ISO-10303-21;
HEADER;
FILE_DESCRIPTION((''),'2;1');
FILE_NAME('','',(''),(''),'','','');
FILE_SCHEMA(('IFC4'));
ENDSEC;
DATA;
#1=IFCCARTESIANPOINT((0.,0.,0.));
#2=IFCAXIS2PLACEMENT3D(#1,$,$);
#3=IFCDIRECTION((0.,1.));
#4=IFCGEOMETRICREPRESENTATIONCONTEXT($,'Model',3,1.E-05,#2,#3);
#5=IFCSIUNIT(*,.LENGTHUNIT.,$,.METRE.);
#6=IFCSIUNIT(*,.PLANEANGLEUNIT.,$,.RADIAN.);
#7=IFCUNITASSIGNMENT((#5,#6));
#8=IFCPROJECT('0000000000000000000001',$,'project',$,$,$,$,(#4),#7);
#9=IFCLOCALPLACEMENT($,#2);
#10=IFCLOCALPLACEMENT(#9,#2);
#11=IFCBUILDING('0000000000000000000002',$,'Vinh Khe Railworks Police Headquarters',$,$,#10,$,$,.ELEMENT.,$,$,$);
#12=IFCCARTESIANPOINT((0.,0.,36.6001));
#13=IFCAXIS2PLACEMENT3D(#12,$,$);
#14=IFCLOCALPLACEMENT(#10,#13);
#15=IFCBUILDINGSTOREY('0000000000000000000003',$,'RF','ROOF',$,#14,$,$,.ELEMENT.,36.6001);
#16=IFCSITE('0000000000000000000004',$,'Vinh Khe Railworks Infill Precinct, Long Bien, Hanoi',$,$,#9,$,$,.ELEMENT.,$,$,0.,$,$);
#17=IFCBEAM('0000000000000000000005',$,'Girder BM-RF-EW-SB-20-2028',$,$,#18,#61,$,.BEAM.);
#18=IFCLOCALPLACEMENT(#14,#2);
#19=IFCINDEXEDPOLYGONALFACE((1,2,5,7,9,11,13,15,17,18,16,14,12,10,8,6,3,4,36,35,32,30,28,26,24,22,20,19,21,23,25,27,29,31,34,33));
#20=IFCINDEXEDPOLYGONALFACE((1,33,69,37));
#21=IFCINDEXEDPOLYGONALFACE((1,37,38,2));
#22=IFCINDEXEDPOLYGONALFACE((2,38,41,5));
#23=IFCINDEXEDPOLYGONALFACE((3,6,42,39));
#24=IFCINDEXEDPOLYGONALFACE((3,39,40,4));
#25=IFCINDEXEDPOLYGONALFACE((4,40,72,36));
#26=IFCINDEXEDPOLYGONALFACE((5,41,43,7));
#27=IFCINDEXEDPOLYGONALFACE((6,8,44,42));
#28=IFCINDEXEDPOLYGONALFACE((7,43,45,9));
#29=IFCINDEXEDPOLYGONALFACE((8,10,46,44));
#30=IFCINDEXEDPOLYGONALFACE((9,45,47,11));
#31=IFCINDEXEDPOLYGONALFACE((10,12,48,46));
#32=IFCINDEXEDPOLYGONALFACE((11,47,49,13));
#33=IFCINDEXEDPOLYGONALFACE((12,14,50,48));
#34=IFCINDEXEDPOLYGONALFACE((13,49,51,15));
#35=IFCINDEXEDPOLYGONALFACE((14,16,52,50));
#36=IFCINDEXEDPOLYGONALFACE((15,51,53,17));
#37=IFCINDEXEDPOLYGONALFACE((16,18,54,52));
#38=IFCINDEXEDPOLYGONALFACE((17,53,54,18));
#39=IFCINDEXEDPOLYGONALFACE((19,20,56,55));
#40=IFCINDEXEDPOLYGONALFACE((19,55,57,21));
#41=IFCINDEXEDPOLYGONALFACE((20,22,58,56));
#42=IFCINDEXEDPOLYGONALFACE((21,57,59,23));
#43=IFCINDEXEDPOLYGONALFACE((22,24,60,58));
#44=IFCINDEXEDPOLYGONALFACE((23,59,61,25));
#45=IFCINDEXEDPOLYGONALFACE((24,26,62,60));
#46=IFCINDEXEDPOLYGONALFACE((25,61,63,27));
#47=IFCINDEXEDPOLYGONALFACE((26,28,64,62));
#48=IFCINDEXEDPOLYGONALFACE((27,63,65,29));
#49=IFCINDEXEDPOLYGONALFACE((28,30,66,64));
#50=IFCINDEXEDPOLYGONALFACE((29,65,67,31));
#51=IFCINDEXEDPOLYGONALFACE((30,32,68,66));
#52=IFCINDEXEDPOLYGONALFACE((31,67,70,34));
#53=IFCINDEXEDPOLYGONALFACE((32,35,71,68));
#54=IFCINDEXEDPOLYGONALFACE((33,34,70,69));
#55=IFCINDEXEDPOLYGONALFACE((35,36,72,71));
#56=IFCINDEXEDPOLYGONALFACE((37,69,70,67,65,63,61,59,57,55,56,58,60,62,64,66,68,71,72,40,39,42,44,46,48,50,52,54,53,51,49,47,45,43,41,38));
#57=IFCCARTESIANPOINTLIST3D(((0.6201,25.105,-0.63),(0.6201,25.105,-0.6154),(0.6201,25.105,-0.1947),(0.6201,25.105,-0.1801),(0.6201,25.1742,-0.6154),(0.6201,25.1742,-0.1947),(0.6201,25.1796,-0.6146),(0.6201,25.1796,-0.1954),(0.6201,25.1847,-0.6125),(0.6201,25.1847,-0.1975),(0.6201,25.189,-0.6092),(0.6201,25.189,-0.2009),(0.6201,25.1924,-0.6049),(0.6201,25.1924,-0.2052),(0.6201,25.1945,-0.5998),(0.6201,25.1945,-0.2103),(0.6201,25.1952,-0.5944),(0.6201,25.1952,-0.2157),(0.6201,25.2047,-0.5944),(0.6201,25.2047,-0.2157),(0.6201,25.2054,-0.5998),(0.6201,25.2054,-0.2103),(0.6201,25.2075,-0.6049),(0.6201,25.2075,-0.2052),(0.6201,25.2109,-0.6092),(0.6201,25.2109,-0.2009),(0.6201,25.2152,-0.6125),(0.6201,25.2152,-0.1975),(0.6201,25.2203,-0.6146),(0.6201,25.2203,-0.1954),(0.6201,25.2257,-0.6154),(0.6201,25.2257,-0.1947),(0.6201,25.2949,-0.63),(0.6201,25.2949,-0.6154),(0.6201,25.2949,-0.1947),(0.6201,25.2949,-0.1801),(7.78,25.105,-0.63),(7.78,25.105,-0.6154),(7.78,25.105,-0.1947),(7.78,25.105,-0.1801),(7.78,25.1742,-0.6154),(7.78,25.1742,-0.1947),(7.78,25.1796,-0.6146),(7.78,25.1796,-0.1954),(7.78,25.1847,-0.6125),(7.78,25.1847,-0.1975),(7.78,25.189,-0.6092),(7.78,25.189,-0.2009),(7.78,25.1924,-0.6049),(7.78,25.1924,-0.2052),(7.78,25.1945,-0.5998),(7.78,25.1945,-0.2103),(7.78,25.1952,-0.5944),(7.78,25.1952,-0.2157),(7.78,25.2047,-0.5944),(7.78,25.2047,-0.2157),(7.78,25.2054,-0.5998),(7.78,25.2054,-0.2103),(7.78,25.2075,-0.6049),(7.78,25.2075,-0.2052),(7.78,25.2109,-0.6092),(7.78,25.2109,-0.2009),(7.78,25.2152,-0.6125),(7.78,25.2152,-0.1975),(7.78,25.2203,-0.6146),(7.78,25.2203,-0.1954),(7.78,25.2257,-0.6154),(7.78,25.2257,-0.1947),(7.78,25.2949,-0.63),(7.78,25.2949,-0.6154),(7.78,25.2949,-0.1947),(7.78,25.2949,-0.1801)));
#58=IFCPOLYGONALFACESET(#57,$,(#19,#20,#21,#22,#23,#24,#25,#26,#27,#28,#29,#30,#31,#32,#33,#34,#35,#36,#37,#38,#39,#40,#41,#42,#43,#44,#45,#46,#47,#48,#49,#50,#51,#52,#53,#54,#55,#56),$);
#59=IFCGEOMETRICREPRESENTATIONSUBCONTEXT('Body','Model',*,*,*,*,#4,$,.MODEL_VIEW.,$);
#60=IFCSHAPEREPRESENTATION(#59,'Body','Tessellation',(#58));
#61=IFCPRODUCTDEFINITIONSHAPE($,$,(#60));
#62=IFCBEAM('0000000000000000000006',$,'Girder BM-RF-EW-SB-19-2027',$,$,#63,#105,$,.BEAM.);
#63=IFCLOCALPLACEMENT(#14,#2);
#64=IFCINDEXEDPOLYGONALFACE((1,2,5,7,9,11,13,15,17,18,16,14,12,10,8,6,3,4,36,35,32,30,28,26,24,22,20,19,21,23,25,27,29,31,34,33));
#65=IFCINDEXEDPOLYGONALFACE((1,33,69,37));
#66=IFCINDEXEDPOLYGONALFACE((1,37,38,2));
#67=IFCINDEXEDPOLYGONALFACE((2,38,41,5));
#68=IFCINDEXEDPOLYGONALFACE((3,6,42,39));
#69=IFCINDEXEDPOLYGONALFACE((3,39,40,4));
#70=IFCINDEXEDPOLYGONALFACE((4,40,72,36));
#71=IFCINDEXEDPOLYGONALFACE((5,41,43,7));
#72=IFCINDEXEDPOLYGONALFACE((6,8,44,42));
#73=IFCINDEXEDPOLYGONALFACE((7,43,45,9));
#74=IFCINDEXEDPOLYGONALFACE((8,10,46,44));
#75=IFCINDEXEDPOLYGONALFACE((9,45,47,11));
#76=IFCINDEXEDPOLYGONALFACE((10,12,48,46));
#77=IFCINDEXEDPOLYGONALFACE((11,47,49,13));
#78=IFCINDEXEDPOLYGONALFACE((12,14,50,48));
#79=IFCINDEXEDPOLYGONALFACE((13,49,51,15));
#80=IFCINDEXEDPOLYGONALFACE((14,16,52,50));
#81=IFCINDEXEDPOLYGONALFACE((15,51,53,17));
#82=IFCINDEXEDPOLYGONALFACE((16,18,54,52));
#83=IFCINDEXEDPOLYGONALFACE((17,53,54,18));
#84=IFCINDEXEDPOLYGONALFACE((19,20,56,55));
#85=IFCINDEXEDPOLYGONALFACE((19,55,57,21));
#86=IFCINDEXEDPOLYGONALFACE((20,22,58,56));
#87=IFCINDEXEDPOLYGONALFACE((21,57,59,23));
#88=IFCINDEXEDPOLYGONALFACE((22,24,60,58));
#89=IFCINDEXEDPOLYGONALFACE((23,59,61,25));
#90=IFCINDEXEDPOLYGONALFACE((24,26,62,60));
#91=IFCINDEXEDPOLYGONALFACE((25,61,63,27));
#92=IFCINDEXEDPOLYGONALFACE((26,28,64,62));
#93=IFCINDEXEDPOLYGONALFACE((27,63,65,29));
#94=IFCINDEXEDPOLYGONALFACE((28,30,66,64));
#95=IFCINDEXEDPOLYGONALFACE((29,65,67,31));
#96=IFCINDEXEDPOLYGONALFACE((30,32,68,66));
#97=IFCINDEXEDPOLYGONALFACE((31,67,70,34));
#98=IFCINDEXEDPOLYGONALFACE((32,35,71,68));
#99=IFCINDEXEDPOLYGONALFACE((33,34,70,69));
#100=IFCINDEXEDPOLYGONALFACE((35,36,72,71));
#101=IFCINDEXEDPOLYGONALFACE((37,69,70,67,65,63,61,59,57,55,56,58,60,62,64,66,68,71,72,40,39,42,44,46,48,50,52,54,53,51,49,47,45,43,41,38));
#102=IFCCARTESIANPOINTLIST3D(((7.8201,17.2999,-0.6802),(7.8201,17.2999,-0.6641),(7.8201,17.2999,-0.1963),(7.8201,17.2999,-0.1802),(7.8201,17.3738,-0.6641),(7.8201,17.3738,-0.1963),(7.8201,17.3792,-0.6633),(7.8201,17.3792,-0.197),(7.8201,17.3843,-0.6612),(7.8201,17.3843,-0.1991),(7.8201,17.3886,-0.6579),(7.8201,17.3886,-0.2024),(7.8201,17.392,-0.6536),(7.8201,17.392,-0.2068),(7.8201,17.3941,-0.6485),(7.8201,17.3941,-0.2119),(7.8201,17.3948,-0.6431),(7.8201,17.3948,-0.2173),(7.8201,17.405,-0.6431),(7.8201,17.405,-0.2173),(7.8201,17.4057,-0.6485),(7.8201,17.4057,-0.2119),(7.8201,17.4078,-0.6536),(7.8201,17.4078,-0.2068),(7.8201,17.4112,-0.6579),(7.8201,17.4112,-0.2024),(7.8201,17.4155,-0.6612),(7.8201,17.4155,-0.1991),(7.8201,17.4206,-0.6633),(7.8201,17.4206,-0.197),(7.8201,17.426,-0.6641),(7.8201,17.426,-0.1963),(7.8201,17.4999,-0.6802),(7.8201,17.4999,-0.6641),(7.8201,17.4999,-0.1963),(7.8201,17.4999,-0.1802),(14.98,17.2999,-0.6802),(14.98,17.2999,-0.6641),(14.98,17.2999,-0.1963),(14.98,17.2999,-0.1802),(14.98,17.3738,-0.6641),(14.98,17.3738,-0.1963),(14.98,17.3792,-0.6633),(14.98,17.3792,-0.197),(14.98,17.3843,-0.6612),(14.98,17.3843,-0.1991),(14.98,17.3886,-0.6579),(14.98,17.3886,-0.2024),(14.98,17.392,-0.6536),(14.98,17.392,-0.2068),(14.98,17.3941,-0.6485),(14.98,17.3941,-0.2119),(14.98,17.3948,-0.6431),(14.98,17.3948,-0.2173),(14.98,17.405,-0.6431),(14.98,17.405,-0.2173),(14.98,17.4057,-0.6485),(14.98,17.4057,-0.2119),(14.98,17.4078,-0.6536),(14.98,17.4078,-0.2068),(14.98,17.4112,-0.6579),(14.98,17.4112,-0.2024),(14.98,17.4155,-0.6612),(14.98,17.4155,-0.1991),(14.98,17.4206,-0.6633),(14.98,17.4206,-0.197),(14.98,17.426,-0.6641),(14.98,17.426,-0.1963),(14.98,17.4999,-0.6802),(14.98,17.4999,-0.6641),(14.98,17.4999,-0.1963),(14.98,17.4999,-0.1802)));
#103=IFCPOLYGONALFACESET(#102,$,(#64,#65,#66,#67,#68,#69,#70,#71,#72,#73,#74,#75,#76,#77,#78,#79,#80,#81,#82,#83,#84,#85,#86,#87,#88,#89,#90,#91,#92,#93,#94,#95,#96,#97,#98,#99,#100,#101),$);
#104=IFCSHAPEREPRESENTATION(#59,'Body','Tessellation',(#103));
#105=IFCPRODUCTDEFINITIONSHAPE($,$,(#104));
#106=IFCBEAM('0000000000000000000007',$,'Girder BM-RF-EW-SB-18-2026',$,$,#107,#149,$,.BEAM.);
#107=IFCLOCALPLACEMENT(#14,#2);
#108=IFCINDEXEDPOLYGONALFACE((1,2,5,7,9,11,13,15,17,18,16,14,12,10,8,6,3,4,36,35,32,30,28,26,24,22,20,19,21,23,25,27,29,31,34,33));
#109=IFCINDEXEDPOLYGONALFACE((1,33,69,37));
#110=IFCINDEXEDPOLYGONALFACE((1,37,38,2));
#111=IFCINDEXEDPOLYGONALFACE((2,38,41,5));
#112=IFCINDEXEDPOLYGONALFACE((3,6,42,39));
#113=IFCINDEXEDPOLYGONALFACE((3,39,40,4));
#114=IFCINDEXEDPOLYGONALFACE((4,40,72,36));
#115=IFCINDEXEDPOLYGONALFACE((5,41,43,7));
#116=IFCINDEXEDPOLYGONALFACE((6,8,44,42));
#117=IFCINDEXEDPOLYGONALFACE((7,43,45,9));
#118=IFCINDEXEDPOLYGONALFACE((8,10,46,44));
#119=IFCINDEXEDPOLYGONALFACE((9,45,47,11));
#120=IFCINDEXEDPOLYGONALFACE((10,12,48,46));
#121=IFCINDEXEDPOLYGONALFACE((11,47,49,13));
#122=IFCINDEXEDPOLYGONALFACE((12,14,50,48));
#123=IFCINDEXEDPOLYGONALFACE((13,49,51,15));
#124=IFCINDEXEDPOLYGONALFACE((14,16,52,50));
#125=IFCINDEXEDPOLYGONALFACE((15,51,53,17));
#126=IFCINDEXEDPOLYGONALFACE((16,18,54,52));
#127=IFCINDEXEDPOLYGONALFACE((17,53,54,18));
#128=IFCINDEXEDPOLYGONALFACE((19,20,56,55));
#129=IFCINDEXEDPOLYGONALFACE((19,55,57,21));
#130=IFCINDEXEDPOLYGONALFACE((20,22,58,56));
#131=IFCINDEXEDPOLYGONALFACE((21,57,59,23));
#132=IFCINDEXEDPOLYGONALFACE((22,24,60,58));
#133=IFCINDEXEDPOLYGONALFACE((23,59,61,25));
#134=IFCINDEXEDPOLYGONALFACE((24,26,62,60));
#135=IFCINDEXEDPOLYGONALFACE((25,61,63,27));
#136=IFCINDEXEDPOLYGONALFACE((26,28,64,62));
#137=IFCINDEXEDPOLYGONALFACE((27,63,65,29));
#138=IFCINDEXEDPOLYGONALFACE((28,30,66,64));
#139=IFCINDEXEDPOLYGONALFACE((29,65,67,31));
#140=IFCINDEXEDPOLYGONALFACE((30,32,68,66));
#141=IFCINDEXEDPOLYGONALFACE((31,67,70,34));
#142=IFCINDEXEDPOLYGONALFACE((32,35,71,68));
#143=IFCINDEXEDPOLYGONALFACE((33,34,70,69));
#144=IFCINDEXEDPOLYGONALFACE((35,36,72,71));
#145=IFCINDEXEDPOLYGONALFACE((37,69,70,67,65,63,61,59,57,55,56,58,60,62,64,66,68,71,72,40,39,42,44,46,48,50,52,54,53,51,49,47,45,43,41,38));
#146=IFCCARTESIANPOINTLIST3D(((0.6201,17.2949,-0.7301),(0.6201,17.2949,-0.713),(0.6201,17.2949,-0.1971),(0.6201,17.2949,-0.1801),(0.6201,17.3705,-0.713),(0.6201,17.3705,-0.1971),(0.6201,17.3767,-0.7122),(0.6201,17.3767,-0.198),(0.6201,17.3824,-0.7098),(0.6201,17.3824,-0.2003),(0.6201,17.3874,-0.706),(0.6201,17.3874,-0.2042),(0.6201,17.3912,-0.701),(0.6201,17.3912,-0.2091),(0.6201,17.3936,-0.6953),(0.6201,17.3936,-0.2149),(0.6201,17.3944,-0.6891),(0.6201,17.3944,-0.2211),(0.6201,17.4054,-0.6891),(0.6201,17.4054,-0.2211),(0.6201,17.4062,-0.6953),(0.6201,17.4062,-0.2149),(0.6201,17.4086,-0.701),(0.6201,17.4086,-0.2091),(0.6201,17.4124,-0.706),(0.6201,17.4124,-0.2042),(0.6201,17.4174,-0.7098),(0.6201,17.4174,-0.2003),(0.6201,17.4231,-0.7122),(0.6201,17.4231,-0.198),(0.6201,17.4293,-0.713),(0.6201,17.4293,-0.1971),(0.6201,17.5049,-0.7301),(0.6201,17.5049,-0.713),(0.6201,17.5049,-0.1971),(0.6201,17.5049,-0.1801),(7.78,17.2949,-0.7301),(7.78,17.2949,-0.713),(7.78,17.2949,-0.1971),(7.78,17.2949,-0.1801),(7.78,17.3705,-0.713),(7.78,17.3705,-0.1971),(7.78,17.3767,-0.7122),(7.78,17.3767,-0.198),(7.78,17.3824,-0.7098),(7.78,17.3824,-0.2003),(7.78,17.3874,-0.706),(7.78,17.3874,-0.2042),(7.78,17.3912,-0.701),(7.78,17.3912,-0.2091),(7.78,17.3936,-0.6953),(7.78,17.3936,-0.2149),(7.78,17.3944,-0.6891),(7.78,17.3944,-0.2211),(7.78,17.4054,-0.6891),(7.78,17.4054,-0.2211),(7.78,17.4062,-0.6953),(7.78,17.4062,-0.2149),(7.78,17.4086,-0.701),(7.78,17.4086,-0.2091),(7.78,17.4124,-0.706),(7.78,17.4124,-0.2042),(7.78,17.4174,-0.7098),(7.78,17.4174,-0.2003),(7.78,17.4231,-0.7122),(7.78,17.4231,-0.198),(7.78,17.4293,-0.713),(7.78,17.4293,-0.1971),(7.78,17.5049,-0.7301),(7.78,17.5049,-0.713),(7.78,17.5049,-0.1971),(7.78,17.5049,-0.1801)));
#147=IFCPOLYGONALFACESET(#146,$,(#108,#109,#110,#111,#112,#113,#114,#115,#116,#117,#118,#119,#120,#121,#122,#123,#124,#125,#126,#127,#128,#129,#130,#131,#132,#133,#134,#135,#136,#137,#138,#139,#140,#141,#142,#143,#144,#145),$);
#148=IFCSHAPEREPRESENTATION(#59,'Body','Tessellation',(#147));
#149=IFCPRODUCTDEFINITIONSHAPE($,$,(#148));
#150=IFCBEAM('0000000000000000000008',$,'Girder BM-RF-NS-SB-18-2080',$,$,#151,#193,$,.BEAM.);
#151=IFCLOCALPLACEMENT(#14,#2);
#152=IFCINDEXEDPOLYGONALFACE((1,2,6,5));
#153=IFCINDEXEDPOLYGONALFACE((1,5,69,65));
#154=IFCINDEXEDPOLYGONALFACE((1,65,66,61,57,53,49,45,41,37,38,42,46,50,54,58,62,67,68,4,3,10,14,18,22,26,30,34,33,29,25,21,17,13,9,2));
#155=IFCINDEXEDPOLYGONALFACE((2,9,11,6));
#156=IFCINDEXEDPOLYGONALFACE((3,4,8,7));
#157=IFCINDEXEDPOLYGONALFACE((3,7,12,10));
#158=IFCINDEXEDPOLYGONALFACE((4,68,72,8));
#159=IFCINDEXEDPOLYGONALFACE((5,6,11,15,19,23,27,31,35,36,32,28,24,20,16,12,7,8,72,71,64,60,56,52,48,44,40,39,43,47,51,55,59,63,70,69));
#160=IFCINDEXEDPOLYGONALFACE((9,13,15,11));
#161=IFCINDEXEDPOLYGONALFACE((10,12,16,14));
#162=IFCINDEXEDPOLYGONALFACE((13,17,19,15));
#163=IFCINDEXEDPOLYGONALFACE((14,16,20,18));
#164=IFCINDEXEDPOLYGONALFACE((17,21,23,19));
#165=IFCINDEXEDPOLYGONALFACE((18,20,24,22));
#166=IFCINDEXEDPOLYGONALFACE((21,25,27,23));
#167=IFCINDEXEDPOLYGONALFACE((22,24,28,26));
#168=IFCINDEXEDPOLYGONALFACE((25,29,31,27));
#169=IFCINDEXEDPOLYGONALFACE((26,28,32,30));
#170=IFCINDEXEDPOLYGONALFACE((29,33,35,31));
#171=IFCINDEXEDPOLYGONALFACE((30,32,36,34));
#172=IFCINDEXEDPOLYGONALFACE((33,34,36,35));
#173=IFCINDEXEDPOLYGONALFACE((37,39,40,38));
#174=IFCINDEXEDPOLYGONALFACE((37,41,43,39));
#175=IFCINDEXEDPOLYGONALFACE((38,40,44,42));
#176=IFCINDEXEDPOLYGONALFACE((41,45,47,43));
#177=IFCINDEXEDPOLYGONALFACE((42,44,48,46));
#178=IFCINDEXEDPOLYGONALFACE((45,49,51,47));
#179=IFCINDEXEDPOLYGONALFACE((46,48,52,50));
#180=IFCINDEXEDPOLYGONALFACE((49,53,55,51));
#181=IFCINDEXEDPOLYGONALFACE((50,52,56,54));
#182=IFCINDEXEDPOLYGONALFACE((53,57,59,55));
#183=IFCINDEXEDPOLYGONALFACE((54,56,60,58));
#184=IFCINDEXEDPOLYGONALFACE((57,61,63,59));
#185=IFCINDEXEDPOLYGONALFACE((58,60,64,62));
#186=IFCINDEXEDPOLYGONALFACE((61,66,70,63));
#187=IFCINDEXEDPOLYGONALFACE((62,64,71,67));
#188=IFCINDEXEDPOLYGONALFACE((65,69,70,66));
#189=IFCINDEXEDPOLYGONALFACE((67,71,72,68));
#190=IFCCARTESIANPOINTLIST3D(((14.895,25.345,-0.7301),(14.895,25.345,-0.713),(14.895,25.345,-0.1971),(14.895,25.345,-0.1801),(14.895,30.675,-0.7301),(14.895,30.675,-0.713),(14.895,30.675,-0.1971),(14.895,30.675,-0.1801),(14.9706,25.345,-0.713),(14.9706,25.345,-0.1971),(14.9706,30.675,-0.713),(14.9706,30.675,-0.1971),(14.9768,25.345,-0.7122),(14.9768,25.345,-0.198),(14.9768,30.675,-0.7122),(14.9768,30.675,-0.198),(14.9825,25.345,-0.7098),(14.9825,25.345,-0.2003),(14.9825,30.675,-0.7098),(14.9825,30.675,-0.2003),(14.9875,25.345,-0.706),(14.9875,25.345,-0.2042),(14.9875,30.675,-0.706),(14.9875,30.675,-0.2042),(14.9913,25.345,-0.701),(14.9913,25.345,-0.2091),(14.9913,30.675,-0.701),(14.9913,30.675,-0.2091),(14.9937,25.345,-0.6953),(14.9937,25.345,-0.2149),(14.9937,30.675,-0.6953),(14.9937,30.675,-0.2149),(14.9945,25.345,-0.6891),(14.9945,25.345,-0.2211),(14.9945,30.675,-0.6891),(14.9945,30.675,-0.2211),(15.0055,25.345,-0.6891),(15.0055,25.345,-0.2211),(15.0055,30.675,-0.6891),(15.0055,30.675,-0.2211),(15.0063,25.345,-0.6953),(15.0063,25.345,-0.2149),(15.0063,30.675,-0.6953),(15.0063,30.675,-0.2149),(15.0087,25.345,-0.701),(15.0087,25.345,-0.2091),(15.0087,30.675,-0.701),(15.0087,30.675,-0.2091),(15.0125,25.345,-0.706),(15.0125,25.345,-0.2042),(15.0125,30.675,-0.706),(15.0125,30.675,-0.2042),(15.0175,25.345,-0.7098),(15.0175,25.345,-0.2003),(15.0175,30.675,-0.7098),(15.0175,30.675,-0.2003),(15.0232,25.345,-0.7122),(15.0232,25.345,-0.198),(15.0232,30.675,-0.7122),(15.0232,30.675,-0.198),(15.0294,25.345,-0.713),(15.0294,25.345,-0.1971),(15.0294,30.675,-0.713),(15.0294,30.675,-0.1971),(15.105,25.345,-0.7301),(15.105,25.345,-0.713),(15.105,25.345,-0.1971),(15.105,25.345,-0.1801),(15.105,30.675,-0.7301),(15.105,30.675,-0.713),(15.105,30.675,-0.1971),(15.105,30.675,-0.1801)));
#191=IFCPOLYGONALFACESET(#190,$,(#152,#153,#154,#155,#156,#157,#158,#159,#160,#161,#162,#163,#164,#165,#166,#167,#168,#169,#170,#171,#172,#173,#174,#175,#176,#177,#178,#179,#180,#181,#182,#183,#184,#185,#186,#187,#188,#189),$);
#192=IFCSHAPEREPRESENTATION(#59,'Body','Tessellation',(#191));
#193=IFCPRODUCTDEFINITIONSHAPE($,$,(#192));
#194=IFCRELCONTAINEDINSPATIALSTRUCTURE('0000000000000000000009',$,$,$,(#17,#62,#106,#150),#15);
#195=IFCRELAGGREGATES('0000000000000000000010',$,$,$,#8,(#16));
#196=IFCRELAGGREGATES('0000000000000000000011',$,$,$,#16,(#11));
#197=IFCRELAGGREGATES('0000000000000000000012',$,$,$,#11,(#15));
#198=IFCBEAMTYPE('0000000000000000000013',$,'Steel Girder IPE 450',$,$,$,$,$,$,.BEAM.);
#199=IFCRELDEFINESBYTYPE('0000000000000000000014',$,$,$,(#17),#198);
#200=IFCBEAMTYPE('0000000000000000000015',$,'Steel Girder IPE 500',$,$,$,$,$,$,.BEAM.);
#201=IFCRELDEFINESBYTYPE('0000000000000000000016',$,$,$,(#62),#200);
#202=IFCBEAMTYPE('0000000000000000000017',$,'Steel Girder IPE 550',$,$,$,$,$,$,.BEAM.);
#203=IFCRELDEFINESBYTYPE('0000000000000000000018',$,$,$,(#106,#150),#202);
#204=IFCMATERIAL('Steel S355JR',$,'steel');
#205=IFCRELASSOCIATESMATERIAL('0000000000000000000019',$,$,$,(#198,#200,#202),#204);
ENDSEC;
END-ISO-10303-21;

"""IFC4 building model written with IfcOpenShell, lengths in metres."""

from ifc_helpers import new_model, si_unit, direction, frame, origin, origin_2d, place, context, subcontext, project, spatial, i_section, extrude, material, material_profile, profile_set, type_object, element, save


model = new_model("IFC4")

# Units and contexts
model_context = context("Model", 3, precision=1e-05, world=origin(), true_north=direction((0.0, 1.0)))
body_context = subcontext(model_context, "Body", "Model", "MODEL_VIEW")
ifc_project = project(units=[si_unit("LENGTHUNIT", "METRE"), si_unit("PLANEANGLEUNIT", "RADIAN")], contexts=[model_context])

# Site, building, storey
site_placement = place(None, origin())
site = spatial("IfcSite", under=ifc_project, at=site_placement, Name="Vinh Khe Railworks Infill Precinct, Long Bien, Hanoi", CompositionType="ELEMENT", RefElevation=0.0)
building_placement = place(site_placement, origin())
building = spatial("IfcBuilding", under=site, at=building_placement, Name="Vinh Khe Railworks Police Headquarters", CompositionType="ELEMENT")
storey_placement = place(building_placement, frame((0.0, 0.0, 36.6001)))
storey = spatial("IfcBuildingStorey", under=building, at=storey_placement, Name="RF", Description="ROOF", CompositionType="ELEMENT", Elevation=36.6001)

# Shared definitions
ifc_material_1 = material(Name="Steel S355JR", Category="steel")

# Beams
ifc_material_profile_1 = material_profile(ifc_material_1, i_section(OverallWidth=0.1899, OverallDepth=0.45, WebThickness=0.0095, FlangeThickness=0.0146, FilletRadius=0.021, at=origin_2d()), Name="IPE 450")
ifc_profile_set_1 = profile_set([ifc_material_profile_1], Name="Steel S355JR")
beam_type_1 = type_object("IfcBeamType", Name="Steel Girder IPE 450", PredefinedType="BEAM", material=ifc_profile_set_1)
beam_1_placement = place(storey_placement, frame((0.6201, 25.2, -0.405), z_axis=(1.0, 0.0, 0.0), x_axis=(0.0, 1.0, 0.0)))
element("IfcBeam", 1, at=beam_1_placement, inside=storey, type_object=beam_type_1, Name="Girder BM-RF-EW-SB-20-2028", PredefinedType="BEAM", context=body_context, shape_type="SweptSolid", body=[
    extrude(i_section(OverallWidth=0.1899, OverallDepth=0.45, WebThickness=0.0095, FlangeThickness=0.0146, FilletRadius=0.021, at=origin_2d()), origin(), (0.0, 0.0, 1.0), 7.1599),
])
ifc_material_profile_2 = material_profile(ifc_material_1, i_section(OverallWidth=0.2, OverallDepth=0.5, WebThickness=0.0103, FlangeThickness=0.0161, FilletRadius=0.021, at=origin_2d()), Name="IPE 500")
ifc_profile_set_2 = profile_set([ifc_material_profile_2], Name="Steel S355JR")
beam_type_2 = type_object("IfcBeamType", Name="Steel Girder IPE 500", PredefinedType="BEAM", material=ifc_profile_set_2)
beam_2_placement = place(storey_placement, frame((7.8201, 17.3999, -0.4302), z_axis=(1.0, 0.0, 0.0), x_axis=(0.0, 1.0, 0.0)))
element("IfcBeam", 2, at=beam_2_placement, inside=storey, type_object=beam_type_2, Name="Girder BM-RF-EW-SB-19-2027", PredefinedType="BEAM", context=body_context, shape_type="SweptSolid", body=[
    extrude(i_section(OverallWidth=0.2, OverallDepth=0.5, WebThickness=0.0103, FlangeThickness=0.0161, FilletRadius=0.021, at=origin_2d()), origin(), (0.0, 0.0, 1.0), 7.1599),
])
ifc_material_profile_3 = material_profile(ifc_material_1, i_section(OverallWidth=0.21, OverallDepth=0.55, WebThickness=0.011, FlangeThickness=0.0171, FilletRadius=0.0239, at=origin_2d()), Name="IPE 550")
ifc_profile_set_3 = profile_set([ifc_material_profile_3], Name="Steel S355JR")
beam_type_3 = type_object("IfcBeamType", Name="Steel Girder IPE 550", PredefinedType="BEAM", material=ifc_profile_set_3)
beam_3_placement = place(storey_placement, frame((0.6201, 17.3999, -0.4551), z_axis=(1.0, 0.0, 0.0), x_axis=(0.0, 1.0, 0.0)))
element("IfcBeam", 3, at=beam_3_placement, inside=storey, type_object=beam_type_3, Name="Girder BM-RF-EW-SB-18-2026", PredefinedType="BEAM", context=body_context, shape_type="SweptSolid", body=[
    extrude(i_section(OverallWidth=0.21, OverallDepth=0.55, WebThickness=0.011, FlangeThickness=0.0171, FilletRadius=0.0239, at=origin_2d()), origin(), (0.0, 0.0, 1.0), 7.1599),
])
beam_4_placement = place(storey_placement, frame((15.0, 25.345, -0.4551), z_axis=(0.0, 1.0, 0.0), x_axis=(-1.0, 0.0, 0.0)))
element("IfcBeam", 4, at=beam_4_placement, inside=storey, type_object=beam_type_3, Name="Girder BM-RF-NS-SB-18-2080", PredefinedType="BEAM", context=body_context, shape_type="SweptSolid", body=[
    extrude(i_section(OverallWidth=0.21, OverallDepth=0.55, WebThickness=0.011, FlangeThickness=0.0171, FilletRadius=0.0239, at=origin_2d()), origin(), (0.0, 0.0, 1.0), 5.3301),
])

save(model, "model.ifc")
